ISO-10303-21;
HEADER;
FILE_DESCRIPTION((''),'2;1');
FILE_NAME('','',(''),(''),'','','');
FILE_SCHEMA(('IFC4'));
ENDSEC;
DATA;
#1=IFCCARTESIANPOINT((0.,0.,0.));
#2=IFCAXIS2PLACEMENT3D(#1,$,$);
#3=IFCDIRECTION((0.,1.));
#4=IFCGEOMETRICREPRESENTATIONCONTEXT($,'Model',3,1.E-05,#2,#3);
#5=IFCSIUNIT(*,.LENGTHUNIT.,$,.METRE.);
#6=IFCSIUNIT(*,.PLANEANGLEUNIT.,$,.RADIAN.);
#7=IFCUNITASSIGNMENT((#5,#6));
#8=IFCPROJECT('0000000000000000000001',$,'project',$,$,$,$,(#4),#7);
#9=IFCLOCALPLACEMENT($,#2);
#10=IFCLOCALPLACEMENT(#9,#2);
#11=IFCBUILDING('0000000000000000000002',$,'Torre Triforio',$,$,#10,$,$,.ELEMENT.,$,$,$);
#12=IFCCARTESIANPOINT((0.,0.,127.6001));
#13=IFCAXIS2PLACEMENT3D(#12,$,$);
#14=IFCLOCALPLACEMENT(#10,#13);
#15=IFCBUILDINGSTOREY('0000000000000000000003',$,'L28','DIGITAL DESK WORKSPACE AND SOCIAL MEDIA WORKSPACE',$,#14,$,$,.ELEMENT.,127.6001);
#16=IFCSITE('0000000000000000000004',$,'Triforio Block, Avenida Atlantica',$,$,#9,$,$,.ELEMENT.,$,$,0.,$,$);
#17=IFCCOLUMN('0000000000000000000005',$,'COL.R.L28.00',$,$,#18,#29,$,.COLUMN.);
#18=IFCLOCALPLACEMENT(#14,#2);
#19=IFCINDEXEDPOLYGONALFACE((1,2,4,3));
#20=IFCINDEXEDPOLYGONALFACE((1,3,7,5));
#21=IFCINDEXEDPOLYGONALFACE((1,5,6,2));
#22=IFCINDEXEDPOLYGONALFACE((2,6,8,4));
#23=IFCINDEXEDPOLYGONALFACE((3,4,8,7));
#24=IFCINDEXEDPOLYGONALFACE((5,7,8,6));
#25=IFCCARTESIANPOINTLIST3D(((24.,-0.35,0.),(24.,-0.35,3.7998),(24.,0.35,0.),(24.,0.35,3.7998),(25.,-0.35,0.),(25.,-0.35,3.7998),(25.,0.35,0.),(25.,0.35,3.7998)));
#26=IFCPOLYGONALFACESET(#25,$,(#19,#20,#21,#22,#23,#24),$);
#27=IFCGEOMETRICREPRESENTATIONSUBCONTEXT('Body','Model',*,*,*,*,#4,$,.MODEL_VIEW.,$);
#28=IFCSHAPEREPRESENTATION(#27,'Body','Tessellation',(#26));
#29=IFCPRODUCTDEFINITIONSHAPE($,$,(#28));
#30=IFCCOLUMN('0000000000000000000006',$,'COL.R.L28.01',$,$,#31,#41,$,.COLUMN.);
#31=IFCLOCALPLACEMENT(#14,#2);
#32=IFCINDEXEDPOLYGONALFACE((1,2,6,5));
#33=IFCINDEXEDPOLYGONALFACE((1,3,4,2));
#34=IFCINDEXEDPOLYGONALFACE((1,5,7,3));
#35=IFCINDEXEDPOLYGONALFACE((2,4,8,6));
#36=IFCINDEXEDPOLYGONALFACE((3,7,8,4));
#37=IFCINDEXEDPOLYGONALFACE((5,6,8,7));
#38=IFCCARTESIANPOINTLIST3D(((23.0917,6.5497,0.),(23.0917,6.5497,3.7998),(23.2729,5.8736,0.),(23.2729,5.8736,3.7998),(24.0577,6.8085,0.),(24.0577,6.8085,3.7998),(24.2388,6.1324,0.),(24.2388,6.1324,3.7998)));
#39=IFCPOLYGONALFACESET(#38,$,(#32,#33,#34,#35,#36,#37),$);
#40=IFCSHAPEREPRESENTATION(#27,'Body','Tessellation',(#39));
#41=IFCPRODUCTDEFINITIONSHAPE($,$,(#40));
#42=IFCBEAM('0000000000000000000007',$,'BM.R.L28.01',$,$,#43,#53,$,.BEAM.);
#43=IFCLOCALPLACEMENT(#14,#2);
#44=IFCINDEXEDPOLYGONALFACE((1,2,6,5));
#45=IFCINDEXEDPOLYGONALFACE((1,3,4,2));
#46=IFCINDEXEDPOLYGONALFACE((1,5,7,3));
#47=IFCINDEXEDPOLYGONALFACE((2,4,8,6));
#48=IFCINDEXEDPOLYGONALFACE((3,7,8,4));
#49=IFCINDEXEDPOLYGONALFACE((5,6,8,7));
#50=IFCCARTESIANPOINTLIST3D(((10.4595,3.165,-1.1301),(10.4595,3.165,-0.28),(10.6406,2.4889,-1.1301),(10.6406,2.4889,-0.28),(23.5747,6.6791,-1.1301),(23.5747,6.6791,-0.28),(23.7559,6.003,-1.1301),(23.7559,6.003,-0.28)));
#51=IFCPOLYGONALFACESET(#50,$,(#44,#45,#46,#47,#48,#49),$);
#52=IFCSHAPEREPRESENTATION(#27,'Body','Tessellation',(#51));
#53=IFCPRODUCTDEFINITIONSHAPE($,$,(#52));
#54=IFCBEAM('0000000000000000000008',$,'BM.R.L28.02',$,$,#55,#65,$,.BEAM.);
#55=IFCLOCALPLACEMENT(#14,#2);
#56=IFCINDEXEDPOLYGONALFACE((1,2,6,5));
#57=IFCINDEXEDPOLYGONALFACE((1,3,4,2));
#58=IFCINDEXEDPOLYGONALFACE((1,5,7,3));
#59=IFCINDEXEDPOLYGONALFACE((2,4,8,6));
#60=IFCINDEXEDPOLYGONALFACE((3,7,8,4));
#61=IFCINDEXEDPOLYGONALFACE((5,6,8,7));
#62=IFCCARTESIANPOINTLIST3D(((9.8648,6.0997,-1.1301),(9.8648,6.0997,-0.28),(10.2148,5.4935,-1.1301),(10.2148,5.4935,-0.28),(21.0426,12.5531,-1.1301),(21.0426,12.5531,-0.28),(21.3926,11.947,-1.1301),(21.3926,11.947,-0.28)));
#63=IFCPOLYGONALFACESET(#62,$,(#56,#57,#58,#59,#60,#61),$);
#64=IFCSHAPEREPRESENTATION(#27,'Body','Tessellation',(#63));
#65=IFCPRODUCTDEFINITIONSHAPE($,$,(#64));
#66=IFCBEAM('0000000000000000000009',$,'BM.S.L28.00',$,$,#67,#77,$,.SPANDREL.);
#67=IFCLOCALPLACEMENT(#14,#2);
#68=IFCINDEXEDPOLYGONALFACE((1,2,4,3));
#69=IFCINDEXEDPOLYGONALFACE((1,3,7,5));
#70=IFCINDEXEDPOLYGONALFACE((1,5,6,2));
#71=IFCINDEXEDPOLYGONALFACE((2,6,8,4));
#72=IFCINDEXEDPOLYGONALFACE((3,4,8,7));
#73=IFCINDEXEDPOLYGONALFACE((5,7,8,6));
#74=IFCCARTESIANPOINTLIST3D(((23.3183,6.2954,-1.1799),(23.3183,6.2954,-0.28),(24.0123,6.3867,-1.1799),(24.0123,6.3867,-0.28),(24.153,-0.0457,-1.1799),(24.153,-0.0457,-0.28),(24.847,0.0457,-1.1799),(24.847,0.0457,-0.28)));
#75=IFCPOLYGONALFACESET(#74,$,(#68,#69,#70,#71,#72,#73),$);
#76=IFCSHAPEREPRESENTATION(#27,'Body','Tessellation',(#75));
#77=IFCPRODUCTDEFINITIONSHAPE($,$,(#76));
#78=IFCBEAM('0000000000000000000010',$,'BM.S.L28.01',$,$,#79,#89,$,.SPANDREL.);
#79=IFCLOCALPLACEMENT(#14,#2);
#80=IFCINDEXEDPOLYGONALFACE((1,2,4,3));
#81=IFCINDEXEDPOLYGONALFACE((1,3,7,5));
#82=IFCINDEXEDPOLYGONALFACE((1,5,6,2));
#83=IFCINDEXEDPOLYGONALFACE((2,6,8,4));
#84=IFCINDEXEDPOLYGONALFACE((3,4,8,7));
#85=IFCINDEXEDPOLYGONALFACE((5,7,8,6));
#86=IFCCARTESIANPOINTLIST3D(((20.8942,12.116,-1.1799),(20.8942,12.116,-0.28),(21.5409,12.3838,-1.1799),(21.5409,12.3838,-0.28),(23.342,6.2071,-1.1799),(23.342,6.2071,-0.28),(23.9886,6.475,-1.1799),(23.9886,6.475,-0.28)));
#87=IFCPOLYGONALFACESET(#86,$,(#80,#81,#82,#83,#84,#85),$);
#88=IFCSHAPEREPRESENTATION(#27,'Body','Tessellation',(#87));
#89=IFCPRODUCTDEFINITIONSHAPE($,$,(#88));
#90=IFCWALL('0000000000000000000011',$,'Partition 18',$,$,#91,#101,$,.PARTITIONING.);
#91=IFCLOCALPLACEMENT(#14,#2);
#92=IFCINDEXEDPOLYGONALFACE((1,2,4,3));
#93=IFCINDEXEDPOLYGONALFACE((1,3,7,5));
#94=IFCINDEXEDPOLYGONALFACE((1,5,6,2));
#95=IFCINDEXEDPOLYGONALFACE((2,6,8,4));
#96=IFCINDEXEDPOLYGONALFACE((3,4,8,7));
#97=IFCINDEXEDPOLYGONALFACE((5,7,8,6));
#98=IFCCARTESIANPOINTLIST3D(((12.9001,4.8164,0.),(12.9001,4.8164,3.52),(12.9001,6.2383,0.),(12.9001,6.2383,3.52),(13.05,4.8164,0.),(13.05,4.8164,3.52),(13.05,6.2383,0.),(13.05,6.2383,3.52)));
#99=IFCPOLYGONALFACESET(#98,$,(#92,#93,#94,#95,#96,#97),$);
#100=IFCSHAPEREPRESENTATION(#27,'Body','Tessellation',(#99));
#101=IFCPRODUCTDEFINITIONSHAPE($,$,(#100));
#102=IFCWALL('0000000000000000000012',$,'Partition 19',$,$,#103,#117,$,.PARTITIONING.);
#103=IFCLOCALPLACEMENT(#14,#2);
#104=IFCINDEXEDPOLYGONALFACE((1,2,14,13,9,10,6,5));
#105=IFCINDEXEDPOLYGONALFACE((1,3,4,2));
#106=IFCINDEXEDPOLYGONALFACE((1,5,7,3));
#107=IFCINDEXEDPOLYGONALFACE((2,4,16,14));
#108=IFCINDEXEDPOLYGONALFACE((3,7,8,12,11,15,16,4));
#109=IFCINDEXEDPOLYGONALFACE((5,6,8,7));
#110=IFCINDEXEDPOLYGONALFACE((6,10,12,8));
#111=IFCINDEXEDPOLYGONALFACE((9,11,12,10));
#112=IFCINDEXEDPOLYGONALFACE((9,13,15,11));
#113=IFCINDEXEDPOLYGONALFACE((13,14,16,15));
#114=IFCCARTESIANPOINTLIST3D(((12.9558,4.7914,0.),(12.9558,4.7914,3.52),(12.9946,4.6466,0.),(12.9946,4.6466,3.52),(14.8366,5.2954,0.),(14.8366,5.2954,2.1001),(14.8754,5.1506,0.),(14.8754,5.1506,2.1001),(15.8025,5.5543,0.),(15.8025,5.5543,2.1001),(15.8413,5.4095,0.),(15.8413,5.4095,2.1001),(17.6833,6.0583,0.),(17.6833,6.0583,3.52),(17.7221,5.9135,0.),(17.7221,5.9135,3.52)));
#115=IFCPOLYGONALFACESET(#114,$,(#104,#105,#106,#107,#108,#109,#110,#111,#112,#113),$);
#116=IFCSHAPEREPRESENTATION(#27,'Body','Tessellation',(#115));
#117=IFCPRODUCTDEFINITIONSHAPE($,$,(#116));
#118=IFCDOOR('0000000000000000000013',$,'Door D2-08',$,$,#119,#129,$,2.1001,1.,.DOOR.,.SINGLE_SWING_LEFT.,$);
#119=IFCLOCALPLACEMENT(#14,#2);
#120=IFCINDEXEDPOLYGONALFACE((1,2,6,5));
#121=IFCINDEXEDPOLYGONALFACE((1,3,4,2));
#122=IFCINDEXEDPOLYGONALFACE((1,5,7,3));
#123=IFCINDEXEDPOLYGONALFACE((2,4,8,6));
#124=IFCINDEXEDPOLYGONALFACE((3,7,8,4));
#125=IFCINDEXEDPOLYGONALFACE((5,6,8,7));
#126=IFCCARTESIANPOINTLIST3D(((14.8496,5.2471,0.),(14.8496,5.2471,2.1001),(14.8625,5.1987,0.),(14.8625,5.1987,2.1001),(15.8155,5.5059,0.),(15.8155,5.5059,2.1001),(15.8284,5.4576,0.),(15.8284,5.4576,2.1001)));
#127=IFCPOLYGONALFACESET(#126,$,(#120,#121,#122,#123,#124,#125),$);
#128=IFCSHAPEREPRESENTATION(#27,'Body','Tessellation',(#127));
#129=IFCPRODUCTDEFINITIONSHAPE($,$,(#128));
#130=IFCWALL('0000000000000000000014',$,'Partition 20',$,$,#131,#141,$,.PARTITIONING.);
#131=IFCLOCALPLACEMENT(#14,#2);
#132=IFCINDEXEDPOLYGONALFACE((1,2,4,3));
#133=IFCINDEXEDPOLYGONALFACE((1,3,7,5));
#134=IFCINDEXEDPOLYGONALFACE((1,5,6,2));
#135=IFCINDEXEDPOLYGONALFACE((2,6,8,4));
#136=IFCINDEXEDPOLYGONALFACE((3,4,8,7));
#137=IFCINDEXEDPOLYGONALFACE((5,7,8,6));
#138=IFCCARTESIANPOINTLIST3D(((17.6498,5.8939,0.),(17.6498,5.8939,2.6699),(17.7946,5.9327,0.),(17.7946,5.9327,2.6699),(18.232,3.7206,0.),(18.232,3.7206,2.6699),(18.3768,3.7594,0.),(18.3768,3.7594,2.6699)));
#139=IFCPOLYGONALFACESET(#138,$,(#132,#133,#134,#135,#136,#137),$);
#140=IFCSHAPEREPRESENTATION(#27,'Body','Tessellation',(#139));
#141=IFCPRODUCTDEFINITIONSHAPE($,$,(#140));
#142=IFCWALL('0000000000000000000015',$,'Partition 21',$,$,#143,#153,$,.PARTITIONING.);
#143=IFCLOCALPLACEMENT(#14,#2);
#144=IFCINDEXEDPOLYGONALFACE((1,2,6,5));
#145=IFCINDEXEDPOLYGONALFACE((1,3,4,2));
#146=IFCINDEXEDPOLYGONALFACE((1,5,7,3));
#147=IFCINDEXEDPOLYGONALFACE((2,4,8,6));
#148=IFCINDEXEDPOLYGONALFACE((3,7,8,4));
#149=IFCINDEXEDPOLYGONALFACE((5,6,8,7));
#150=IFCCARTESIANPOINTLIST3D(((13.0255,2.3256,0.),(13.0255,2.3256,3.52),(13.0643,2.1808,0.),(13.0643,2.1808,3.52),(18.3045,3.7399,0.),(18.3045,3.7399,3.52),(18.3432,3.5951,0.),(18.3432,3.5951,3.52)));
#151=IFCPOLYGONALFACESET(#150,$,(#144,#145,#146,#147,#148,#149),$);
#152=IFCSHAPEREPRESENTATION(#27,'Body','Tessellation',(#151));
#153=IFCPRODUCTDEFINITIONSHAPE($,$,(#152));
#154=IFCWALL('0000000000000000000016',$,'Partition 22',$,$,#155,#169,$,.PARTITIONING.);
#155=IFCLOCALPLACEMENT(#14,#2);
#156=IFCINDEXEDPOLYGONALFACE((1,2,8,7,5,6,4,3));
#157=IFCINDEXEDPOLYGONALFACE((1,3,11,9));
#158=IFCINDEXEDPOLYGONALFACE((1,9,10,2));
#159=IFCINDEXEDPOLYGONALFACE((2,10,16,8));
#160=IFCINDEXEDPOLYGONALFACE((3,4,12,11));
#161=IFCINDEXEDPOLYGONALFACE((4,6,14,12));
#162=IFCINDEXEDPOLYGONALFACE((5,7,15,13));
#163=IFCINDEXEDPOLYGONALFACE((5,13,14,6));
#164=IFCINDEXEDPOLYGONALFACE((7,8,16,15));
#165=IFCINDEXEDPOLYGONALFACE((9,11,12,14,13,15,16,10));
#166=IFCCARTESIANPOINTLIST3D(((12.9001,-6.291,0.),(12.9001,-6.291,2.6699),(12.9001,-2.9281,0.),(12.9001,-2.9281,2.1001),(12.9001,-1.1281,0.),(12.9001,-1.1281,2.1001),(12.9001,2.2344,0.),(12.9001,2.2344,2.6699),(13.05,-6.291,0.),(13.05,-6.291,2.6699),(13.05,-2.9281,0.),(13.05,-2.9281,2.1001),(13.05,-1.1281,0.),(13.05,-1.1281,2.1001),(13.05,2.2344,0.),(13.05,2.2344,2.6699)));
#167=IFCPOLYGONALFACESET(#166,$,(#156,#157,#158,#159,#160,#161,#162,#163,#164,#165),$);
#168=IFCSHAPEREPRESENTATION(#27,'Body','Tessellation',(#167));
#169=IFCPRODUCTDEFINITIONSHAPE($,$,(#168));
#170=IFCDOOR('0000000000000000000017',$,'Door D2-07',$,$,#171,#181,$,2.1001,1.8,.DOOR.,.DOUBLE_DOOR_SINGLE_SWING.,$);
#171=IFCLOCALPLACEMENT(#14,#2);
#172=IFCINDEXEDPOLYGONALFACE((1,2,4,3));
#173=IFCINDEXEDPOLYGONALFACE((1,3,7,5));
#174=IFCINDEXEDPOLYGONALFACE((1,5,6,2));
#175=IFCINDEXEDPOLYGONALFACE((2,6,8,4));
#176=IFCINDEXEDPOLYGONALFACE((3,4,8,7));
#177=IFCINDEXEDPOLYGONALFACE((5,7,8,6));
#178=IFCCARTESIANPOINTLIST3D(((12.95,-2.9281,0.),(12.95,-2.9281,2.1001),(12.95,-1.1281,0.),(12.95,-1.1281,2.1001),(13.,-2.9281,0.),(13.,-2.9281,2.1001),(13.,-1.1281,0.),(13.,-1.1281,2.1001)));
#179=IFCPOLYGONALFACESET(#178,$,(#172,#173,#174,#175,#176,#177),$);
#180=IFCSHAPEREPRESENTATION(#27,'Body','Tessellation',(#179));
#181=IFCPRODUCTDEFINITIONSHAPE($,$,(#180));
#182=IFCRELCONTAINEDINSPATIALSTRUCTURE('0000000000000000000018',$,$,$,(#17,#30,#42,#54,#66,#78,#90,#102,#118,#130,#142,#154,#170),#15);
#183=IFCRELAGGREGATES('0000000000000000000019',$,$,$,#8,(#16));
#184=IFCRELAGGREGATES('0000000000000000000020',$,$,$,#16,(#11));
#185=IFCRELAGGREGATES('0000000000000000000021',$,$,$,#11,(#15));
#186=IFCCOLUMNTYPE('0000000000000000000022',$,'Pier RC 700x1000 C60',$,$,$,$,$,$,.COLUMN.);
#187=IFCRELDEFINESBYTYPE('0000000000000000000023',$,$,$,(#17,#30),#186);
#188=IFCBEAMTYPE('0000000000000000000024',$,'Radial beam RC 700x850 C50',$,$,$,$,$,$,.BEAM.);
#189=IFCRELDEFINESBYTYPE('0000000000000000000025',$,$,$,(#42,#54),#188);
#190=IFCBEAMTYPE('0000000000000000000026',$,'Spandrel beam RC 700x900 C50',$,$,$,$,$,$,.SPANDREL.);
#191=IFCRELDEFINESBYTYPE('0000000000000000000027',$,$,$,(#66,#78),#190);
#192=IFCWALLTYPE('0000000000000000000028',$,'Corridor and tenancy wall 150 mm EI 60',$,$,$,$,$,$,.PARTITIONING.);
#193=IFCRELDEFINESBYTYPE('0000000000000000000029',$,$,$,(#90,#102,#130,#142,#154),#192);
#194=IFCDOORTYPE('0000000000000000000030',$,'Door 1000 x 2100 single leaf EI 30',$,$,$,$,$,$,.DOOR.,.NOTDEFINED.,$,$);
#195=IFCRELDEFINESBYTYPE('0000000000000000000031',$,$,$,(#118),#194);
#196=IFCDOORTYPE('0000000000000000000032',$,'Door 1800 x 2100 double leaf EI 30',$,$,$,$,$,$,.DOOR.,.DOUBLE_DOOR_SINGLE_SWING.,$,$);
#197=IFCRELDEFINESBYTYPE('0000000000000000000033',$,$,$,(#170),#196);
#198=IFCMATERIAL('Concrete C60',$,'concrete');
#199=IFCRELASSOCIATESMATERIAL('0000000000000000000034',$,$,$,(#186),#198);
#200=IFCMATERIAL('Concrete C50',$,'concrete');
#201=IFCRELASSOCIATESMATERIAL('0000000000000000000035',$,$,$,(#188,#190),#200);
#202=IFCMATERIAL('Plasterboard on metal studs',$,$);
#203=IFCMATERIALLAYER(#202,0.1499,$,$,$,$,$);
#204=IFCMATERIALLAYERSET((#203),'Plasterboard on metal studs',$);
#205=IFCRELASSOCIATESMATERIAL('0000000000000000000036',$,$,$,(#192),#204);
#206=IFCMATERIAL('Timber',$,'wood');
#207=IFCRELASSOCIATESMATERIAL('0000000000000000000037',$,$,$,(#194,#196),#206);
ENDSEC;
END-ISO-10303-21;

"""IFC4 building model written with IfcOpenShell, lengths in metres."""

from ifc_helpers import new_model, si_unit, direction, frame, frame_2d, origin, origin_2d, place, context, subcontext, project, spatial, rectangle, extrude, material, layer, layer_set, material_profile, profile_set, type_object, element, fill, save


model = new_model("IFC4")

# Units and contexts
model_context = context("Model", 3, precision=1e-05, world=origin(), true_north=direction((0.0, 1.0)))
body_context = subcontext(model_context, "Body", "Model", "MODEL_VIEW")
ifc_project = project(units=[si_unit("LENGTHUNIT", "METRE"), si_unit("PLANEANGLEUNIT", "RADIAN")], contexts=[model_context])

# Site, building, storey
site_placement = place(None, origin())
site = spatial("IfcSite", under=ifc_project, at=site_placement, Name="Triforio Block, Avenida Atlantica", CompositionType="ELEMENT", RefElevation=0.0)
building_placement = place(site_placement, origin())
building = spatial("IfcBuilding", under=site, at=building_placement, Name="Torre Triforio", CompositionType="ELEMENT")
storey_placement = place(building_placement, frame((0.0, 0.0, 127.6001)))
storey = spatial("IfcBuildingStorey", under=building, at=storey_placement, Name="L28", Description="DIGITAL DESK WORKSPACE AND SOCIAL MEDIA WORKSPACE", CompositionType="ELEMENT", Elevation=127.6001)

# Columns
ifc_material_1 = material(Name="Concrete C60", Category="concrete")
ifc_material_profile_1 = material_profile(ifc_material_1, rectangle(XDim=0.7, YDim=1.0, at=origin_2d()), Name="RC 700x1000")
ifc_profile_set_1 = profile_set([ifc_material_profile_1], Name="Concrete C60")
column_type = type_object("IfcColumnType", Name="Pier RC 700x1000 C60", PredefinedType="COLUMN", material=ifc_profile_set_1)
for number, where, z_axis, x_axis, name in (
    (1, (24.5, 0.0, 0.0), (0.0, 0.0, 1.0), (0.0, 1.0, 0.0), "COL.R.L28.00"),
    (2, (23.6653, 6.3411, 0.0), (0.0, 0.0, 1.0), (-0.258819, 0.965926, 0.0), "COL.R.L28.01"),
):
    element("IfcColumn", number, at=place(storey_placement, frame(where, z_axis=z_axis, x_axis=x_axis)), inside=storey, type_object=column_type, Name=name, PredefinedType="COLUMN", context=body_context, shape_type="SweptSolid", body=[
        extrude(rectangle(XDim=0.7, YDim=1.0, at=origin_2d()), origin(), (0.0, 0.0, 1.0), 3.7998),
    ])

# Beams
ifc_material_2 = material(Name="Concrete C50", Category="concrete")
ifc_material_profile_2 = material_profile(ifc_material_2, rectangle(XDim=0.7, YDim=0.8501, at=origin_2d()), Name="RC 700x850")
ifc_profile_set_2 = profile_set([ifc_material_profile_2], Name="Concrete C50")
beam_type_1 = type_object("IfcBeamType", Name="Radial beam RC 700x850 C50", PredefinedType="BEAM", material=ifc_profile_set_2)
beam_1_placement = place(storey_placement, frame((10.55, 2.8269, -0.7051), z_axis=(0.965927, 0.258815, 0.0), x_axis=(-0.258815, 0.965927, 0.0)))
element("IfcBeam", 3, at=beam_1_placement, inside=storey, type_object=beam_type_1, Name="BM.R.L28.01", PredefinedType="BEAM", context=body_context, shape_type="SweptSolid", body=[
    extrude(rectangle(XDim=0.7, YDim=0.8501, at=origin_2d()), origin(), (0.0, 0.0, 1.0), 13.5779),
])
beam_2_placement = place(storey_placement, frame((10.0398, 5.7966, -0.7051), z_axis=(0.866029, 0.499994, 0.0), x_axis=(-0.499994, 0.866029, 0.0)))
element("IfcBeam", 4, at=beam_2_placement, inside=storey, type_object=beam_type_1, Name="BM.R.L28.02", PredefinedType="BEAM", context=body_context, shape_type="SweptSolid", body=[
    extrude(rectangle(XDim=0.7, YDim=0.8501, at=origin_2d()), origin(), (0.0, 0.0, 1.0), 12.907),
])
ifc_material_profile_3 = material_profile(ifc_material_2, rectangle(XDim=0.7, YDim=0.8999, at=origin_2d()), Name="RC 700x900")
ifc_profile_set_3 = profile_set([ifc_material_profile_3], Name="Concrete C50")
beam_type_2 = type_object("IfcBeamType", Name="Spandrel beam RC 700x900 C50", PredefinedType="SPANDREL", material=ifc_profile_set_3)
for number, where, z_axis, x_axis, name in (
    (5, (24.5, 0.0, -0.73), (-0.130511, 0.991447, 0.0), (-0.991447, -0.130511, 0.0), "BM.S.L28.00"),
    (6, (23.6653, 6.3411, -0.73), (-0.382709, 0.923869, 0.0), (-0.923869, -0.382709, 0.0), "BM.S.L28.01"),
):
    element("IfcBeam", number, at=place(storey_placement, frame(where, z_axis=z_axis, x_axis=x_axis)), inside=storey, type_object=beam_type_2, Name=name, PredefinedType="SPANDREL", context=body_context, shape_type="SweptSolid", body=[
        extrude(rectangle(XDim=0.7, YDim=0.8999, at=origin_2d()), origin(), (0.0, 0.0, 1.0), 6.3958),
    ])

# Wall
ifc_material_3 = material(Name="Plasterboard on metal studs")
ifc_layer_1 = layer(ifc_material_3, 0.1499)
ifc_layer_set_1 = layer_set([ifc_layer_1], Name="Plasterboard on metal studs")
wall_type_1 = type_object("IfcWallType", Name="Corridor and tenancy wall 150 mm EI 60", PredefinedType="PARTITIONING", material=ifc_layer_set_1)
wall_1_placement = place(storey_placement, frame((12.9751, 6.2383, 0.0), z_axis=(0.0, 0.0, 1.0), x_axis=(0.0, -1.0, 0.0)))
element("IfcWall", 7, at=wall_1_placement, inside=storey, type_object=wall_type_1, Name="Partition 18", PredefinedType="PARTITIONING", context=body_context, shape_type="SweptSolid", body=[
    extrude(rectangle(XDim=1.4219, YDim=0.1499, at=frame_2d((0.7109, 0.0))), origin(), (0.0, 0.0, 1.0), 3.52),
])

# Wall, opening, door
wall_2_placement = place(storey_placement, frame((12.9751, 4.719, 0.0), z_axis=(0.0, 0.0, 1.0), x_axis=(0.96592, 0.258839, 0.0)))
wall_2 = element("IfcWall", 8, at=wall_2_placement, inside=storey, type_object=wall_type_1, Name="Partition 19", PredefinedType="PARTITIONING", context=body_context, shape_type="SweptSolid", body=[
    extrude(rectangle(XDim=4.8943, YDim=0.1499, at=frame_2d((2.4473, 0.0))), origin(), (0.0, 0.0, 1.0), 3.52),
])
opening_1_placement = place(wall_2_placement, frame((1.9473, 0.0, 0.0)))
opening_1 = element("IfcOpeningElement", 9, at=opening_1_placement, cuts=wall_2, PredefinedType="OPENING", context=body_context, shape_type="SweptSolid", body=[
    extrude(rectangle(XDim=1.0, YDim=2.1001, at=frame_2d((0.5, 1.05))), frame((0.0, 0.085, 0.0), z_axis=(0.0, -1.0, 0.0), x_axis=(1.0, 0.0, 0.0)), (0.0, 0.0, 1.0), 0.1699),
])
ifc_material_4 = material(Name="Timber", Category="wood")
door_type_1 = type_object("IfcDoorType", Name="Door 1000 x 2100 single leaf EI 30", OperationType="NOTDEFINED", PredefinedType="DOOR", material=ifc_material_4)
door_1_placement = place(opening_1_placement, origin())
door_1 = element("IfcDoor", 10, at=door_1_placement, inside=storey, type_object=door_type_1, Name="Door D2-08", OperationType="SINGLE_SWING_LEFT", OverallHeight=2.1001, OverallWidth=1.0, PredefinedType="DOOR", context=body_context, shape_type="SweptSolid", body=[
    extrude(rectangle(XDim=1.0, YDim=2.1001, at=frame_2d((0.5, 1.05))), frame((0.0, 0.0249, 0.0), z_axis=(0.0, -1.0, 0.0), x_axis=(1.0, 0.0, 0.0)), (0.0, 0.0, 1.0), 0.05),
])
fill(opening_1, door_1)

# Walls
wall_3_placement = place(storey_placement, frame((17.7222, 5.9133, 0.0), z_axis=(0.0, 0.0, 1.0), x_axis=(0.25879, -0.965934, 0.0)))
element("IfcWall", 11, at=wall_3_placement, inside=storey, type_object=wall_type_1, Name="Partition 20", PredefinedType="PARTITIONING", context=body_context, shape_type="SweptSolid", body=[
    extrude(rectangle(XDim=2.25, YDim=0.1499, at=frame_2d((1.125, 0.0))), origin(), (0.0, 0.0, 1.0), 2.6699),
])
wall_4_placement = place(storey_placement, frame((18.3237, 3.6675, 0.0), z_axis=(0.0, 0.0, 1.0), x_axis=(-0.965932, -0.258794, 0.0)))
element("IfcWall", 12, at=wall_4_placement, inside=storey, type_object=wall_type_1, Name="Partition 21", PredefinedType="PARTITIONING", context=body_context, shape_type="SweptSolid", body=[
    extrude(rectangle(XDim=5.4651, YDim=0.1499, at=frame_2d((2.7324, 0.0))), origin(), (0.0, 0.0, 1.0), 3.52),
])

# Wall, opening, door
wall_5_placement = place(storey_placement, frame((12.9751, 2.2344, 0.0), z_axis=(0.0, 0.0, 1.0), x_axis=(0.0, -1.0, 0.0)))
wall_5 = element("IfcWall", 13, at=wall_5_placement, inside=storey, type_object=wall_type_1, Name="Partition 22", PredefinedType="PARTITIONING", context=body_context, shape_type="SweptSolid", body=[
    extrude(rectangle(XDim=8.5254, YDim=0.1499, at=frame_2d((4.2627, 0.0))), origin(), (0.0, 0.0, 1.0), 2.6699),
])
opening_2_placement = place(wall_5_placement, frame((3.3625, 0.0, 0.0)))
opening_2 = element("IfcOpeningElement", 14, at=opening_2_placement, cuts=wall_5, PredefinedType="OPENING", context=body_context, shape_type="SweptSolid", body=[
    extrude(rectangle(XDim=1.8, YDim=2.1001, at=frame_2d((0.8999, 1.05))), frame((0.0, 0.085, 0.0), z_axis=(0.0, -1.0, 0.0), x_axis=(1.0, 0.0, 0.0)), (0.0, 0.0, 1.0), 0.1699),
])
door_type_2 = type_object("IfcDoorType", Name="Door 1800 x 2100 double leaf EI 30", OperationType="DOUBLE_DOOR_SINGLE_SWING", PredefinedType="DOOR", material=ifc_material_4)
door_2_placement = place(opening_2_placement, origin())
door_2 = element("IfcDoor", 15, at=door_2_placement, inside=storey, type_object=door_type_2, Name="Door D2-07", OperationType="DOUBLE_DOOR_SINGLE_SWING", OverallHeight=2.1001, OverallWidth=1.8, PredefinedType="DOOR", context=body_context, shape_type="SweptSolid", body=[
    extrude(rectangle(XDim=1.8, YDim=2.1001, at=frame_2d((0.8999, 1.05))), frame((0.0, 0.0249, 0.0), z_axis=(0.0, -1.0, 0.0), x_axis=(1.0, 0.0, 0.0)), (0.0, 0.0, 1.0), 0.05),
])
fill(opening_2, door_2)

save(model, "model.ifc")
